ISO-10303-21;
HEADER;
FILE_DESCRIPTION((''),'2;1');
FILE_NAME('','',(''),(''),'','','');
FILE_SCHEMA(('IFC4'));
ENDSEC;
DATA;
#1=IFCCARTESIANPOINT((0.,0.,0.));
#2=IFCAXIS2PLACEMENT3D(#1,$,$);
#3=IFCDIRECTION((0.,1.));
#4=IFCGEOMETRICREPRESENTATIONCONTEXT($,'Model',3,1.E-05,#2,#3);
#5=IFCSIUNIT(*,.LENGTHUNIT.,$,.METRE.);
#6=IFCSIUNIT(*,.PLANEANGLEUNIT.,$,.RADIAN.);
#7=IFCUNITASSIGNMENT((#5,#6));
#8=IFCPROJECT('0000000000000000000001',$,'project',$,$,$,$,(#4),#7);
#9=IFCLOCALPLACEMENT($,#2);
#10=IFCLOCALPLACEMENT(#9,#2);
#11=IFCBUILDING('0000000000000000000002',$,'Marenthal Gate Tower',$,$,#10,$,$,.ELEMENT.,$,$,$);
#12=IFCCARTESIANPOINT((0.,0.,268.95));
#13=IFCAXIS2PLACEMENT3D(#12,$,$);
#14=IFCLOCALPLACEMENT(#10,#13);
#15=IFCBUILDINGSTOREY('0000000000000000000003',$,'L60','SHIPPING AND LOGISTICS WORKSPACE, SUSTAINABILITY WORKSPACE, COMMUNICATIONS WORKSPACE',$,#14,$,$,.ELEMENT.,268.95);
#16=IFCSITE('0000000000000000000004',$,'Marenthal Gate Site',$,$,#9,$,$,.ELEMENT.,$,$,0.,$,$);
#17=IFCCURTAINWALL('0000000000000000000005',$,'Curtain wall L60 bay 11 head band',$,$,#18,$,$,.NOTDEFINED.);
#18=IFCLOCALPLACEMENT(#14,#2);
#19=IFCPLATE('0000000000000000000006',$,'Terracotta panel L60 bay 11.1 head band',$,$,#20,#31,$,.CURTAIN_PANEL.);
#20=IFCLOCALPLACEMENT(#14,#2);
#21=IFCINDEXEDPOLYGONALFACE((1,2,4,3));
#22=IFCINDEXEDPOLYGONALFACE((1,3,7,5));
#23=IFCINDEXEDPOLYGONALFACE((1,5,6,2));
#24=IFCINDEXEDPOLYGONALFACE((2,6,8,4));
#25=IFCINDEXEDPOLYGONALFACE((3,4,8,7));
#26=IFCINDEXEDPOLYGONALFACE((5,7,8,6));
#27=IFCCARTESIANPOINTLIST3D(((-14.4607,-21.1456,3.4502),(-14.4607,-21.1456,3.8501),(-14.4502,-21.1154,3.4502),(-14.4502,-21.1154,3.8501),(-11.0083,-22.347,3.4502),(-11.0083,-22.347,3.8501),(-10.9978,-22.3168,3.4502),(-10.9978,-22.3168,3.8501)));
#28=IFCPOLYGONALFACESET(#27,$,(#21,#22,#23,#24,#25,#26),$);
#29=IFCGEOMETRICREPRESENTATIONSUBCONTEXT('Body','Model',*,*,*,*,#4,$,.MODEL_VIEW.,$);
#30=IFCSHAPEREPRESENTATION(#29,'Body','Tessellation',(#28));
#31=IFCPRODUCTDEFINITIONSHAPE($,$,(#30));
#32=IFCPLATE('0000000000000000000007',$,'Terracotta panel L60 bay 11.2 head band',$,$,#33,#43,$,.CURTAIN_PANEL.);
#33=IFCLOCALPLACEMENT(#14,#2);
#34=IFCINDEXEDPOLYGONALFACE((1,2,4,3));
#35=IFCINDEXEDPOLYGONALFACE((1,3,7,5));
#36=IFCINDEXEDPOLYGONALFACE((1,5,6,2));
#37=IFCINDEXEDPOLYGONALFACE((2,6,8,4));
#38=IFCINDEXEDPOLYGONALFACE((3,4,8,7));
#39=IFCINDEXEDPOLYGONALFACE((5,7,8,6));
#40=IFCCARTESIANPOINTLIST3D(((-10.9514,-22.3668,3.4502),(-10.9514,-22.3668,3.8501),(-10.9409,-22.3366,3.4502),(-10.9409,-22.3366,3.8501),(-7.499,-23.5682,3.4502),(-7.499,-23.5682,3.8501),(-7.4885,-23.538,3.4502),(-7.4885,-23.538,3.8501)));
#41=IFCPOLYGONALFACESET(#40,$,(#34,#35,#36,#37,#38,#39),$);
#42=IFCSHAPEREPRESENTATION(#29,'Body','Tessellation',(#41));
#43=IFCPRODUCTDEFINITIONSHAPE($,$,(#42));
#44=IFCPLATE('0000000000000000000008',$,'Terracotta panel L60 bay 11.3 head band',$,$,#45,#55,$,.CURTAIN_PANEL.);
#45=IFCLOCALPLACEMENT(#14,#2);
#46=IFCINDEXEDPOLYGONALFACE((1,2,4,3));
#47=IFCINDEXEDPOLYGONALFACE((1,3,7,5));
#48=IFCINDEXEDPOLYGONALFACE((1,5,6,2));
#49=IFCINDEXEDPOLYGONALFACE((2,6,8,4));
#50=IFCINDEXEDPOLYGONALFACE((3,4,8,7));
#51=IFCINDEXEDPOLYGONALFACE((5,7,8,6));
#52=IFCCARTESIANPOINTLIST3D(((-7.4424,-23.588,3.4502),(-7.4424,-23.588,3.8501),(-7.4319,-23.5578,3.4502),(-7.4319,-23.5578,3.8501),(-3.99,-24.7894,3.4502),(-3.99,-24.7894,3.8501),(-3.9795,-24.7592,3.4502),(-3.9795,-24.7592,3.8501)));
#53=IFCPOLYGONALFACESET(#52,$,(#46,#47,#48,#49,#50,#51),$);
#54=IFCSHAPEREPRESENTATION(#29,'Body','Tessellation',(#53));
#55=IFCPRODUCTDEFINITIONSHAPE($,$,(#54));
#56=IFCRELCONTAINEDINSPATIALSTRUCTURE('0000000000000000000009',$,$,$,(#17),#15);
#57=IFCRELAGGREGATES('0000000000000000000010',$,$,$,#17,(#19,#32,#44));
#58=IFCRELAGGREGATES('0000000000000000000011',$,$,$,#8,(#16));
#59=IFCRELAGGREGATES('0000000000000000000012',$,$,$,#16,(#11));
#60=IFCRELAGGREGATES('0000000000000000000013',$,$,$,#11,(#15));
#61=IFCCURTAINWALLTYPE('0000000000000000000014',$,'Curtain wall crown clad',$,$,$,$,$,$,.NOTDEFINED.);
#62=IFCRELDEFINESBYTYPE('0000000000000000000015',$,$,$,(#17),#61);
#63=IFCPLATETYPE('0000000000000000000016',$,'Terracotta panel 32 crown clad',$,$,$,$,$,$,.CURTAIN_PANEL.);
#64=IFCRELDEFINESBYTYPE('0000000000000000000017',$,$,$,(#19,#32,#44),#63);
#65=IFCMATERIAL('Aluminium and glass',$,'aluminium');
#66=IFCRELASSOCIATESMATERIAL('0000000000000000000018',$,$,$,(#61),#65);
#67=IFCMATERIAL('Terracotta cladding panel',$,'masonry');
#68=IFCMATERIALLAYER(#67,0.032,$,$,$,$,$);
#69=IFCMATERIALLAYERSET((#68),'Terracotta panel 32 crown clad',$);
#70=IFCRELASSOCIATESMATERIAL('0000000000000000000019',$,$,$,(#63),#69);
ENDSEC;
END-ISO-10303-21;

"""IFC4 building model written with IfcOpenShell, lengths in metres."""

from ifc_helpers import new_model, si_unit, direction, frame, origin, origin_2d, place, context, subcontext, project, spatial, rectangle, extrude, material, layer, layer_set, type_object, element, aggregate, save


model = new_model("IFC4")

# Units and contexts
model_context = context("Model", 3, precision=1e-05, world=origin(), true_north=direction((0.0, 1.0)))
body_context = subcontext(model_context, "Body", "Model", "MODEL_VIEW")
ifc_project = project(units=[si_unit("LENGTHUNIT", "METRE"), si_unit("PLANEANGLEUNIT", "RADIAN")], contexts=[model_context])

# Site, building, storey
site_placement = place(None, origin())
site = spatial("IfcSite", under=ifc_project, at=site_placement, Name="Marenthal Gate Site", CompositionType="ELEMENT", RefElevation=0.0)
building_placement = place(site_placement, origin())
building = spatial("IfcBuilding", under=site, at=building_placement, Name="Marenthal Gate Tower", CompositionType="ELEMENT")
storey_placement = place(building_placement, frame((0.0, 0.0, 268.95)))
storey = spatial("IfcBuildingStorey", under=building, at=storey_placement, Name="L60", Description="SHIPPING AND LOGISTICS WORKSPACE, SUSTAINABILITY WORKSPACE, COMMUNICATIONS WORKSPACE", CompositionType="ELEMENT", Elevation=268.95)

# Curtain wall
ifc_material_1 = material(Name="Aluminium and glass", Category="aluminium")
curtain_wall_type_1 = type_object("IfcCurtainWallType", Name="Curtain wall crown clad", PredefinedType="NOTDEFINED", material=ifc_material_1)
curtain_wall_1_placement = place(storey_placement, origin())
curtain_wall_1 = element("IfcCurtainWall", 1, at=curtain_wall_1_placement, inside=storey, type_object=curtain_wall_type_1, Name="Curtain wall L60 bay 11 head band", PredefinedType="NOTDEFINED")

# Plates
ifc_material_2 = material(Name="Terracotta cladding panel", Category="masonry")
ifc_layer_1 = layer(ifc_material_2, 0.032)
ifc_layer_set_1 = layer_set([ifc_layer_1], Name="Terracotta panel 32 crown clad")
plate_type_1 = type_object("IfcPlateType", Name="Terracotta panel 32 crown clad", PredefinedType="CURTAIN_PANEL", material=ifc_layer_set_1)
plate_1_placement = place(storey_placement, frame((-12.7292, -21.7312, 3.4502), z_axis=(0.0, 0.0, 1.0), x_axis=(0.944445, -0.32867, 0.0)))
plate_1 = element("IfcPlate", 2, at=plate_1_placement, type_object=plate_type_1, Name="Terracotta panel L60 bay 11.1 head band", PredefinedType="CURTAIN_PANEL", context=body_context, shape_type="SweptSolid", body=[
    extrude(rectangle(XDim=3.6555, YDim=0.032, at=origin_2d()), origin(), (0.0, 0.0, 1.0), 0.3999),
])
plate_2_placement = place(storey_placement, frame((-9.22, -22.9524, 3.4502), z_axis=(0.0, 0.0, 1.0), x_axis=(0.944445, -0.32867, 0.0)))
plate_2 = element("IfcPlate", 3, at=plate_2_placement, type_object=plate_type_1, Name="Terracotta panel L60 bay 11.2 head band", PredefinedType="CURTAIN_PANEL", context=body_context, shape_type="SweptSolid", body=[
    extrude(rectangle(XDim=3.6555, YDim=0.032, at=origin_2d()), origin(), (0.0, 0.0, 1.0), 0.3999),
])
plate_3_placement = place(storey_placement, frame((-5.7109, -24.1736, 3.4502), z_axis=(0.0, 0.0, 1.0), x_axis=(0.944445, -0.32867, 0.0)))
plate_3 = element("IfcPlate", 4, at=plate_3_placement, type_object=plate_type_1, Name="Terracotta panel L60 bay 11.3 head band", PredefinedType="CURTAIN_PANEL", context=body_context, shape_type="SweptSolid", body=[
    extrude(rectangle(XDim=3.6555, YDim=0.032, at=origin_2d()), origin(), (0.0, 0.0, 1.0), 0.3999),
])
aggregate(curtain_wall_1, [plate_1, plate_2, plate_3])

save(model, "model.ifc")
